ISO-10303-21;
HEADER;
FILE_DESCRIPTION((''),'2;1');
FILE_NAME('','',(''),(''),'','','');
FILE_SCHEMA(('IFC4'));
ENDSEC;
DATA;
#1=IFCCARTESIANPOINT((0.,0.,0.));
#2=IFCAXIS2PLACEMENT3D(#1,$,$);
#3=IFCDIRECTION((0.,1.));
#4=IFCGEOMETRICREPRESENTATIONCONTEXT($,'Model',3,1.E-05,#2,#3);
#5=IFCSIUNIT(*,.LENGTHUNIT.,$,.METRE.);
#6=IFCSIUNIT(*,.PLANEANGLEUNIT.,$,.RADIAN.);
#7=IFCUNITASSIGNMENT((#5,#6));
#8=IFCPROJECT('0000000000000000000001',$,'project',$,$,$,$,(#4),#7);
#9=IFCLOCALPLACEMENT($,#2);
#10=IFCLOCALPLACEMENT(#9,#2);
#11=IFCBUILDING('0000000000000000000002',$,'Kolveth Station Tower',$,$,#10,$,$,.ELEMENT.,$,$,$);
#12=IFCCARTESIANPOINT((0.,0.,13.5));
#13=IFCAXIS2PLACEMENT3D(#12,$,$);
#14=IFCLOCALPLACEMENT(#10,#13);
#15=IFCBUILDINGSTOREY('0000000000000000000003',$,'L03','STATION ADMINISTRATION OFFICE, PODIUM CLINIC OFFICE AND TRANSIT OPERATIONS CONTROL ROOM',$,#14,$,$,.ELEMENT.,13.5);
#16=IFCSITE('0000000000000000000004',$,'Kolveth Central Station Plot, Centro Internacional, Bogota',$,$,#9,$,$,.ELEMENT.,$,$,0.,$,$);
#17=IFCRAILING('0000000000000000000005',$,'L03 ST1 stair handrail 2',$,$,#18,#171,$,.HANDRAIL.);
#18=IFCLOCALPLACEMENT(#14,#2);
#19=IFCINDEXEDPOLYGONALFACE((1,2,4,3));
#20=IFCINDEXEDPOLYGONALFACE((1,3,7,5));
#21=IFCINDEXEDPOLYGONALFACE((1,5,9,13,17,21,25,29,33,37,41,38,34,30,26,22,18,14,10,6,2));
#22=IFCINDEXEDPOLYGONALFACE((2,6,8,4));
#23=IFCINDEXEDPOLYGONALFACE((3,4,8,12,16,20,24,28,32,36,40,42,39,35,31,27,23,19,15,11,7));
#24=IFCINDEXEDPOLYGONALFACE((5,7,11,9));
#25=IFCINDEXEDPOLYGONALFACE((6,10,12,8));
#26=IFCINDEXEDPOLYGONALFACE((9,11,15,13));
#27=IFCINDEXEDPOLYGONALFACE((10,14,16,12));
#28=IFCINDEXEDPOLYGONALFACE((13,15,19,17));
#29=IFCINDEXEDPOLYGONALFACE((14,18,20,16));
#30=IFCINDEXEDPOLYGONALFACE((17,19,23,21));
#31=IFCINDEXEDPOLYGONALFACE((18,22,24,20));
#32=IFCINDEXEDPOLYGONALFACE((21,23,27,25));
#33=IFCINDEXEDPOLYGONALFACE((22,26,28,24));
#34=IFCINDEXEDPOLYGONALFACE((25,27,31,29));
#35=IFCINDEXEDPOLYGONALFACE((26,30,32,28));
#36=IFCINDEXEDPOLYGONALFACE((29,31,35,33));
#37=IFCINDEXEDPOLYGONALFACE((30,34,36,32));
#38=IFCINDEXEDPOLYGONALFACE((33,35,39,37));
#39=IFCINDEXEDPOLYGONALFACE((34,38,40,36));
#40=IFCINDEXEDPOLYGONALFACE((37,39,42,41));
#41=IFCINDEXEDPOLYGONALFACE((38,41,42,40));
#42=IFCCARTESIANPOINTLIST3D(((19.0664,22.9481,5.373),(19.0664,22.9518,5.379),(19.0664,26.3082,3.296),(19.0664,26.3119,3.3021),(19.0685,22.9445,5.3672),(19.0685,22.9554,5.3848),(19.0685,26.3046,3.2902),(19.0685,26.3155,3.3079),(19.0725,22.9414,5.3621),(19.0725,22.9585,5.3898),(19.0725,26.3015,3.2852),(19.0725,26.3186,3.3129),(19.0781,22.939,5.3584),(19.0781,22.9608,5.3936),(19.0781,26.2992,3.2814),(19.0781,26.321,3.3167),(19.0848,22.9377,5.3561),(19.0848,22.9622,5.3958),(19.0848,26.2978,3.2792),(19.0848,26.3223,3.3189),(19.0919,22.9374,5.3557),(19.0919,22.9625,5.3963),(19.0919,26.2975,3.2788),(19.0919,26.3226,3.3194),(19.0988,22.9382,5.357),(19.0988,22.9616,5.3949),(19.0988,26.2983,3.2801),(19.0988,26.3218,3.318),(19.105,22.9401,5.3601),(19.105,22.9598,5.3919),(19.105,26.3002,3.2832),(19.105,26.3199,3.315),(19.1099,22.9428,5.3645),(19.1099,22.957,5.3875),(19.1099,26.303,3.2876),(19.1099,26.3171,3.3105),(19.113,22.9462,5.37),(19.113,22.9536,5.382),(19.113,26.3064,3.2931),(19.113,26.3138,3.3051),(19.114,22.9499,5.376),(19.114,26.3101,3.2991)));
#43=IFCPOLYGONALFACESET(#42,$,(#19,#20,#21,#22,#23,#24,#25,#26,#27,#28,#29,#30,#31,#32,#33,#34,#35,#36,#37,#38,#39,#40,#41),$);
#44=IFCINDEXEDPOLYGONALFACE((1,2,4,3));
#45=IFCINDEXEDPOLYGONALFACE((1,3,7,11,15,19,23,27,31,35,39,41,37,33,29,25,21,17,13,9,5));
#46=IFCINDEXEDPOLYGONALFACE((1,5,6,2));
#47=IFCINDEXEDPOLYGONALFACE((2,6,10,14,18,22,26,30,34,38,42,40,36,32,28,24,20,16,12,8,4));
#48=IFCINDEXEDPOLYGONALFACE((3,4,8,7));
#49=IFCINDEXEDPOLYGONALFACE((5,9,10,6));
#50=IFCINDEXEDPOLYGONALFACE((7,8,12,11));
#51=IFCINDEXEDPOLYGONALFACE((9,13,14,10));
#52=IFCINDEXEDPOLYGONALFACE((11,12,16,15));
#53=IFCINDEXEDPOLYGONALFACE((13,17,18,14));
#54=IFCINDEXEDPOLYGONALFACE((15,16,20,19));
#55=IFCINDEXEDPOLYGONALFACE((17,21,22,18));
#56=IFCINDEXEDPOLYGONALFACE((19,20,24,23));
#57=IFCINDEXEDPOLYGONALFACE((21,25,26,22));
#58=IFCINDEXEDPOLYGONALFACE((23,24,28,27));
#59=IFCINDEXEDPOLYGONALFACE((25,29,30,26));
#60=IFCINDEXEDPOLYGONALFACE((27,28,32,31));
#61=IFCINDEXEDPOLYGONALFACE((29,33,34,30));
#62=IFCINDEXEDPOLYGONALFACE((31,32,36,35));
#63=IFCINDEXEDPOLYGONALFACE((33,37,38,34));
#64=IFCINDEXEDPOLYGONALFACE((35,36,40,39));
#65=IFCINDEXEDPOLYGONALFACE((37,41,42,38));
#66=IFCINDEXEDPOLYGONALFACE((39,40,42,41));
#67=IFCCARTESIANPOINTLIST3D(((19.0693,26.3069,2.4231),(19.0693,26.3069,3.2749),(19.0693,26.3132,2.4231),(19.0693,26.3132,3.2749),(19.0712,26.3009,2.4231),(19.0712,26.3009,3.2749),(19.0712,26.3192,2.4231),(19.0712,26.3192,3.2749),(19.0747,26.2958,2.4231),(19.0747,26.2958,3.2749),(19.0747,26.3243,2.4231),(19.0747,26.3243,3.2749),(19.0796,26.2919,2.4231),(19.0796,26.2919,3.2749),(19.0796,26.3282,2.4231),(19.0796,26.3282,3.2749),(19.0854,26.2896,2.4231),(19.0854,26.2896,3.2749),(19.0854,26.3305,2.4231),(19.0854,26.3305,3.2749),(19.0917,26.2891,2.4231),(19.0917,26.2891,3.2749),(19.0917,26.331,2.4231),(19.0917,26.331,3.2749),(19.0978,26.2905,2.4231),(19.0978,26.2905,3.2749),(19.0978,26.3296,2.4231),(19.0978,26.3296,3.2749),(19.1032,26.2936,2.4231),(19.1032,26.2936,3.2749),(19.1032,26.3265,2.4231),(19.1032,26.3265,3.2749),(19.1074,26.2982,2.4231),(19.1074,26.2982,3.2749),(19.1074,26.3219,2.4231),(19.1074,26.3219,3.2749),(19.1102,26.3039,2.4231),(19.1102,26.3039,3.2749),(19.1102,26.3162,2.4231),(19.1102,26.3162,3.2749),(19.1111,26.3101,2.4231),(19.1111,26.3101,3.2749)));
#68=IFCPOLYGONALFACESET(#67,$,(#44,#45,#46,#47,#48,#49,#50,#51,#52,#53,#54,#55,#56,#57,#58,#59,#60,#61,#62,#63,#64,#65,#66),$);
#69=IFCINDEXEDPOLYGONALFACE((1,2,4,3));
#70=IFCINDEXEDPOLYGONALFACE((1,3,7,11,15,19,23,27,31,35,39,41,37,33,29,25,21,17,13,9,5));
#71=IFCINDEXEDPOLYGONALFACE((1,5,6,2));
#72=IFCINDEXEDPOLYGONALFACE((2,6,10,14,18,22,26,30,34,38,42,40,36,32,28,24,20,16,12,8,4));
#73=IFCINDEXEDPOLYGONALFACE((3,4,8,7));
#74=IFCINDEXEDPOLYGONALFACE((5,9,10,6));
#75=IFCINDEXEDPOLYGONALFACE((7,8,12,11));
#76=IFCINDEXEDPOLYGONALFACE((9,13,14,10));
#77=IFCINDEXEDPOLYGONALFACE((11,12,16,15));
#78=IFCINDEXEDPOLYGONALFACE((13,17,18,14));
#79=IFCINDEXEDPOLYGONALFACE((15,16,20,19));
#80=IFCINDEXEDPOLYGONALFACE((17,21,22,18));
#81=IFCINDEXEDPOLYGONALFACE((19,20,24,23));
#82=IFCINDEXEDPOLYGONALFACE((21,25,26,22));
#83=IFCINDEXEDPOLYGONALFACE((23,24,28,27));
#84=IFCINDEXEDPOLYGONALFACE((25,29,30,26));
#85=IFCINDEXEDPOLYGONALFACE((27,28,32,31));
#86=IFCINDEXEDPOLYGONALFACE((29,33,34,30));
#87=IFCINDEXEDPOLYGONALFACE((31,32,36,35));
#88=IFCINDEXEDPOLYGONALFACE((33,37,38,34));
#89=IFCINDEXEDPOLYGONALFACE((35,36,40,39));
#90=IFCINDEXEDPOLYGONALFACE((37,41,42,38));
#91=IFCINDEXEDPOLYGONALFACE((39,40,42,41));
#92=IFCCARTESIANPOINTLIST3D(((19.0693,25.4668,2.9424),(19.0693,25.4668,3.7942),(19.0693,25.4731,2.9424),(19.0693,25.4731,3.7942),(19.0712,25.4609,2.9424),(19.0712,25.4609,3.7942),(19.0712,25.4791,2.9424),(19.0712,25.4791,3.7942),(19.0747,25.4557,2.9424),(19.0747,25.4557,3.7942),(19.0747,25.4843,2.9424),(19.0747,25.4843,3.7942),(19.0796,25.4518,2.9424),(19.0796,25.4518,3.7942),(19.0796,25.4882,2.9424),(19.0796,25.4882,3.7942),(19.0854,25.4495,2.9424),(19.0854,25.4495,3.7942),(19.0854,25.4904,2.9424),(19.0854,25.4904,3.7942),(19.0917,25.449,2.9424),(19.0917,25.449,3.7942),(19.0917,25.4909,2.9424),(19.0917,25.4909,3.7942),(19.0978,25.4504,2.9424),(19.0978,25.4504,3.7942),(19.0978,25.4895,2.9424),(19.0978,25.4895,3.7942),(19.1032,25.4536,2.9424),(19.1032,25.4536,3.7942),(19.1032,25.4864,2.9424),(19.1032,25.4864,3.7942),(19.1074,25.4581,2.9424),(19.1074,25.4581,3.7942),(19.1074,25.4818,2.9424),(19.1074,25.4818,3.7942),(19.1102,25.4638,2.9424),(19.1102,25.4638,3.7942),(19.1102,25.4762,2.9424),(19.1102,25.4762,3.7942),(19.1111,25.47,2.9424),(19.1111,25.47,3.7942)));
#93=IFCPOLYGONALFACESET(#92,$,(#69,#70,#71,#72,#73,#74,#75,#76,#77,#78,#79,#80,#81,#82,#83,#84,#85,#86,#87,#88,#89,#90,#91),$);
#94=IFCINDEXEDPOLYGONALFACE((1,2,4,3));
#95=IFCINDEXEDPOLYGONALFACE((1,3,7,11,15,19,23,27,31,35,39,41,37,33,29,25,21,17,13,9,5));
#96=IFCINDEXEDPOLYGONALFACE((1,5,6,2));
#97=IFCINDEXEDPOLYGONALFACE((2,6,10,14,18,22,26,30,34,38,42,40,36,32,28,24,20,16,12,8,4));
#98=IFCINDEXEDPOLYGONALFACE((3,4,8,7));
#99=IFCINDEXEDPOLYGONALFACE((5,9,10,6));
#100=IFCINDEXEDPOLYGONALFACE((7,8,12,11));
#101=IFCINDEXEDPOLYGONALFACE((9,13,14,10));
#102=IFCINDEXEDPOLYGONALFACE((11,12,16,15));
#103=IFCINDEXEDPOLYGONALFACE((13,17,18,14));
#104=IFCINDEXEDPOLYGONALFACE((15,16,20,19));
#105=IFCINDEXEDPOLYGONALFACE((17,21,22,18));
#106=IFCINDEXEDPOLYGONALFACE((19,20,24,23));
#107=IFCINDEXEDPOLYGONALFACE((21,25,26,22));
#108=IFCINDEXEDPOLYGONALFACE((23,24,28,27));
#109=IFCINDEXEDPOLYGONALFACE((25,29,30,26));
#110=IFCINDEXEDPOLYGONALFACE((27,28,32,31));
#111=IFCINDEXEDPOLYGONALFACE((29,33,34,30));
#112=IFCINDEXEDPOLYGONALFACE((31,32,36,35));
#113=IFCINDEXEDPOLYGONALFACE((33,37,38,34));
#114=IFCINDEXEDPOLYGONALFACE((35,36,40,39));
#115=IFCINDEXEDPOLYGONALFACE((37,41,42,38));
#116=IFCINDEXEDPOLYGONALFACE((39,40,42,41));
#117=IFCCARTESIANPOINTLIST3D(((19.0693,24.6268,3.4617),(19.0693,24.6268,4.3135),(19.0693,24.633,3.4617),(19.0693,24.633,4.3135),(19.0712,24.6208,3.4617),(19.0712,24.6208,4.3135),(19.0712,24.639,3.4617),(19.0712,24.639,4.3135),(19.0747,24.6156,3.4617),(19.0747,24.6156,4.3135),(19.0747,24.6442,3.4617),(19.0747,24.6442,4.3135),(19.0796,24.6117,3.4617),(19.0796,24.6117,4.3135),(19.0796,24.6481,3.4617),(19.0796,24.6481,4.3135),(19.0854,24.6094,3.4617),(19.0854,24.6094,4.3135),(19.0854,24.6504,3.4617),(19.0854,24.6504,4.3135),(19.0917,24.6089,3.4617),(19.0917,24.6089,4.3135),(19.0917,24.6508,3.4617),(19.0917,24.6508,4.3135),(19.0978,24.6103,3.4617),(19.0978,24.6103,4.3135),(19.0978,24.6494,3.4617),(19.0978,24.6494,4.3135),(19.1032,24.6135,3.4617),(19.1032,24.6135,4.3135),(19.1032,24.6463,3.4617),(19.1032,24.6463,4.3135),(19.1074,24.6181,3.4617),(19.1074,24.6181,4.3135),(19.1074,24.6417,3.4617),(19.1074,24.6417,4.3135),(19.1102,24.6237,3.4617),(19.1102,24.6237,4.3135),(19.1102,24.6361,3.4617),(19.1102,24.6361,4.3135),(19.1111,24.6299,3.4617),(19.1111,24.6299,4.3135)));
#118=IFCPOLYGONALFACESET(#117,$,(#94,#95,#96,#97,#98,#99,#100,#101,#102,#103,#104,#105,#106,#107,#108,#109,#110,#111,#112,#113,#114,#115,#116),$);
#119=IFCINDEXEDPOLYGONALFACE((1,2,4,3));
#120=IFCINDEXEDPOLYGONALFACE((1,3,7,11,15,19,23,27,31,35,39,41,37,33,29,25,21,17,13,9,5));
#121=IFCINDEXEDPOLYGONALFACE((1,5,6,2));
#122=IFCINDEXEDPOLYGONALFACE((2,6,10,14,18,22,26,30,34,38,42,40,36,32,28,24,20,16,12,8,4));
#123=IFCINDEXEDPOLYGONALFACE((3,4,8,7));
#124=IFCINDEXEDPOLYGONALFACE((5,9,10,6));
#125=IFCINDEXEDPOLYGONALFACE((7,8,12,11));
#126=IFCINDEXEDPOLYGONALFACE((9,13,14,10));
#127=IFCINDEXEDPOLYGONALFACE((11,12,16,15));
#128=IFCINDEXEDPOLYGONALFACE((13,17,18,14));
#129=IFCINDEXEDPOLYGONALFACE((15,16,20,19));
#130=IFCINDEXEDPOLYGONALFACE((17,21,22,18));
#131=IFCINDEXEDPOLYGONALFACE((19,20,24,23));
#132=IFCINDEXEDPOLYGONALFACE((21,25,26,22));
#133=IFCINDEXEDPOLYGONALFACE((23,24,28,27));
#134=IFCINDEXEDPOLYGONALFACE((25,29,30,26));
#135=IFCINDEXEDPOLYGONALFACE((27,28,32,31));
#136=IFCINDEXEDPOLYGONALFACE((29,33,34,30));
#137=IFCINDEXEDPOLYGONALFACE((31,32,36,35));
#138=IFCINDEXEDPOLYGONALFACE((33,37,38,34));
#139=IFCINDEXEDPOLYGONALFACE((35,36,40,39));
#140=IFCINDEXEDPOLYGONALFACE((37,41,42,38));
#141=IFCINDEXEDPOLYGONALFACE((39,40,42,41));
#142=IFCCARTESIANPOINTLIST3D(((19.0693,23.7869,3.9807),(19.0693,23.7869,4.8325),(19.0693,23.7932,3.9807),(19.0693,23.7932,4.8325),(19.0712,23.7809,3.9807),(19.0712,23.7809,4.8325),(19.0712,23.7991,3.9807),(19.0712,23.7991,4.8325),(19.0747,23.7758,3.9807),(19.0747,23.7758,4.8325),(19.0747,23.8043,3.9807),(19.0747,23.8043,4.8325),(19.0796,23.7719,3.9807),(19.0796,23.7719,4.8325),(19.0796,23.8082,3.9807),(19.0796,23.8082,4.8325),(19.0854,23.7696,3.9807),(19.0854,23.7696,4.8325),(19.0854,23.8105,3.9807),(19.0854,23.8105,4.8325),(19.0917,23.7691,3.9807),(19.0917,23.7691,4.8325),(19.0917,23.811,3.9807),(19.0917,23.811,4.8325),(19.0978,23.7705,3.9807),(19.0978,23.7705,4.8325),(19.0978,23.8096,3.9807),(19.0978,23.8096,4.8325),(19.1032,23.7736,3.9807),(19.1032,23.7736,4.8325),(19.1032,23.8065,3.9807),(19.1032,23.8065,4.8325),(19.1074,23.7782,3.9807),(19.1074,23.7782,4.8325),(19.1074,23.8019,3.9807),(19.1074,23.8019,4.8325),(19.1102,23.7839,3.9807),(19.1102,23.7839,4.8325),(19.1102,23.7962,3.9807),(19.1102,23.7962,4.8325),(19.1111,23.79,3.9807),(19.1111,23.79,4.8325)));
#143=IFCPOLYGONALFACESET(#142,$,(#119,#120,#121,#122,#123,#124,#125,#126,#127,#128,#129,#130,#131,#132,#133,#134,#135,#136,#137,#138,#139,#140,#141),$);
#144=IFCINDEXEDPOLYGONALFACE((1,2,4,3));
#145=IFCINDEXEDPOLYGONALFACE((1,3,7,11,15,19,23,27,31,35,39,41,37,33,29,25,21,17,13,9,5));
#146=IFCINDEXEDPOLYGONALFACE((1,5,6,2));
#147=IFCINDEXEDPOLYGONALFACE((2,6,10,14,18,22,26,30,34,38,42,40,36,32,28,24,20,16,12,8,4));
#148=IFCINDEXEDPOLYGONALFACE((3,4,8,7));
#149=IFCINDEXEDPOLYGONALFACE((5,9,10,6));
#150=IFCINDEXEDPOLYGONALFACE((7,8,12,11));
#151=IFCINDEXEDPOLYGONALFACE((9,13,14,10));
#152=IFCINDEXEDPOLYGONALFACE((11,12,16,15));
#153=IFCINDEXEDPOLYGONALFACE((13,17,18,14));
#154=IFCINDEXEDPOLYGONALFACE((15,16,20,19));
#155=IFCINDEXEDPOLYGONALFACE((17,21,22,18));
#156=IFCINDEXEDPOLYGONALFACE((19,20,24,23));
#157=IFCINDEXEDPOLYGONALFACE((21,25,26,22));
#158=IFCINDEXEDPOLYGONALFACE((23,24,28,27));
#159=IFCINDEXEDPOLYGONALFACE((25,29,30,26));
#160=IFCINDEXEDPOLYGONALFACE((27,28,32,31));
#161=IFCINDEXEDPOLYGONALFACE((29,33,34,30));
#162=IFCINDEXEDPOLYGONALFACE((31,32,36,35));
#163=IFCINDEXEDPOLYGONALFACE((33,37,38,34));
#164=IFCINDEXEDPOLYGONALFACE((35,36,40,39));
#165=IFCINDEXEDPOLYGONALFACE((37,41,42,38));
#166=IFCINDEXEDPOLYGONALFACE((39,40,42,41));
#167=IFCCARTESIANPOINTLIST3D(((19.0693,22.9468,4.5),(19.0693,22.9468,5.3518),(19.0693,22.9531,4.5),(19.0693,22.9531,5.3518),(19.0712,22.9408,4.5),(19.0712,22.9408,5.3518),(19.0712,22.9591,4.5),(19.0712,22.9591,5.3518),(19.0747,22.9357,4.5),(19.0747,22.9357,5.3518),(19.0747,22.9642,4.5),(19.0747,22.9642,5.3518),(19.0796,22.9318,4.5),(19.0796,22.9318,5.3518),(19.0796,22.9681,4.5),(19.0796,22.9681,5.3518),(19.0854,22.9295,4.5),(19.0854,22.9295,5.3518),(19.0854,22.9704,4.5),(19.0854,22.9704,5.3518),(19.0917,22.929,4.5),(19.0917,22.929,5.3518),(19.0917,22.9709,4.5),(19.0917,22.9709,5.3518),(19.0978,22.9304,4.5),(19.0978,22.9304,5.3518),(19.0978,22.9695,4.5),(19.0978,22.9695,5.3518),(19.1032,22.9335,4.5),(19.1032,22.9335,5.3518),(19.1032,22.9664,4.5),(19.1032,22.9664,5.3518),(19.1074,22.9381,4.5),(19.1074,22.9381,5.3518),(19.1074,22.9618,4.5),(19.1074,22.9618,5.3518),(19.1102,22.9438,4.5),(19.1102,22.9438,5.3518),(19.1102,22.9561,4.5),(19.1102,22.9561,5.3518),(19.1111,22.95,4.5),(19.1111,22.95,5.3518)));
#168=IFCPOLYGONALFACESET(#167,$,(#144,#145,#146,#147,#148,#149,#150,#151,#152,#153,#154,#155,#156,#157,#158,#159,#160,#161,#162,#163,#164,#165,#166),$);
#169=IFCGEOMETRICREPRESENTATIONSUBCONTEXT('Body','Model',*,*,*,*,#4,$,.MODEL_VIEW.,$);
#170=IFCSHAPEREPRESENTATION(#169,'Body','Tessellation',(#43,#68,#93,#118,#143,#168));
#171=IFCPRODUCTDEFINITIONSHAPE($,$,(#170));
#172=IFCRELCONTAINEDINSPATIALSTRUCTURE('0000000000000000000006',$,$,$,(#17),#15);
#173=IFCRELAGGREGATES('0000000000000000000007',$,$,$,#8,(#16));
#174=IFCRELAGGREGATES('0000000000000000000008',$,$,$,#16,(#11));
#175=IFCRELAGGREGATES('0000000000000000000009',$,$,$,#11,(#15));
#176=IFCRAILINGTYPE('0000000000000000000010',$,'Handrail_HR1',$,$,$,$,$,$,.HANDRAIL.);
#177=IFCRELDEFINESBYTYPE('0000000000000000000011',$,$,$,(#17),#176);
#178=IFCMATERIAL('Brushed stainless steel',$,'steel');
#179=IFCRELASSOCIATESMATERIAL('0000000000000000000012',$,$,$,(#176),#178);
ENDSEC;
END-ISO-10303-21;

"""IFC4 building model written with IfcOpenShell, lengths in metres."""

from ifc_helpers import new_model, si_unit, direction, frame, origin, origin_2d, place, context, subcontext, project, spatial, circle, extrude, material, type_object, element, save


model = new_model("IFC4")

# Units and contexts
model_context = context("Model", 3, precision=1e-05, world=origin(), true_north=direction((0.0, 1.0)))
body_context = subcontext(model_context, "Body", "Model", "MODEL_VIEW")
ifc_project = project(units=[si_unit("LENGTHUNIT", "METRE"), si_unit("PLANEANGLEUNIT", "RADIAN")], contexts=[model_context])

# Site, building, storey
site_placement = place(None, origin())
site = spatial("IfcSite", under=ifc_project, at=site_placement, Name="Kolveth Central Station Plot, Centro Internacional, Bogota", CompositionType="ELEMENT", RefElevation=0.0)
building_placement = place(site_placement, origin())
building = spatial("IfcBuilding", under=site, at=building_placement, Name="Kolveth Station Tower", CompositionType="ELEMENT")
storey_placement = place(building_placement, frame((0.0, 0.0, 13.5)))
storey = spatial("IfcBuildingStorey", under=building, at=storey_placement, Name="L03", Description="STATION ADMINISTRATION OFFICE, PODIUM CLINIC OFFICE AND TRANSIT OPERATIONS CONTROL ROOM", CompositionType="ELEMENT", Elevation=13.5)

# Railing
ifc_material_1 = material(Name="Brushed stainless steel", Category="steel")
railing_type_1 = type_object("IfcRailingType", Name="Handrail_HR1", PredefinedType="HANDRAIL", material=ifc_material_1)
railing_1_placement = place(storey_placement, frame((19.0901, 26.3101, 2.4231)))
element("IfcRailing", 1, at=railing_1_placement, inside=storey, type_object=railing_type_1, Name="L03 ST1 stair handrail 2", PredefinedType="HANDRAIL", context=body_context, shape_type="SweptSolid", body=[
    extrude(circle(Radius=0.0239, at=origin_2d()), frame((0.0, 0.0, 0.876), z_axis=(0.0, -0.850623, 0.525776), x_axis=(1.0, 0.0, 0.0)), (0.0, 0.0, 1.0), 3.9502),
    extrude(circle(Radius=0.021, at=origin_2d()), origin(), (0.0, 0.0, 1.0), 0.8518),
    extrude(circle(Radius=0.021, at=origin_2d()), frame((0.0, -0.8401, 0.5193)), (0.0, 0.0, 1.0), 0.8518),
    extrude(circle(Radius=0.021, at=origin_2d()), frame((0.0, -1.6802, 1.0386)), (0.0, 0.0, 1.0), 0.8518),
    extrude(circle(Radius=0.021, at=origin_2d()), frame((0.0, -2.52, 1.5576)), (0.0, 0.0, 1.0), 0.8518),
    extrude(circle(Radius=0.021, at=origin_2d()), frame((0.0, -3.3601, 2.0769)), (0.0, 0.0, 1.0), 0.8518),
])

save(model, "model.ifc")
